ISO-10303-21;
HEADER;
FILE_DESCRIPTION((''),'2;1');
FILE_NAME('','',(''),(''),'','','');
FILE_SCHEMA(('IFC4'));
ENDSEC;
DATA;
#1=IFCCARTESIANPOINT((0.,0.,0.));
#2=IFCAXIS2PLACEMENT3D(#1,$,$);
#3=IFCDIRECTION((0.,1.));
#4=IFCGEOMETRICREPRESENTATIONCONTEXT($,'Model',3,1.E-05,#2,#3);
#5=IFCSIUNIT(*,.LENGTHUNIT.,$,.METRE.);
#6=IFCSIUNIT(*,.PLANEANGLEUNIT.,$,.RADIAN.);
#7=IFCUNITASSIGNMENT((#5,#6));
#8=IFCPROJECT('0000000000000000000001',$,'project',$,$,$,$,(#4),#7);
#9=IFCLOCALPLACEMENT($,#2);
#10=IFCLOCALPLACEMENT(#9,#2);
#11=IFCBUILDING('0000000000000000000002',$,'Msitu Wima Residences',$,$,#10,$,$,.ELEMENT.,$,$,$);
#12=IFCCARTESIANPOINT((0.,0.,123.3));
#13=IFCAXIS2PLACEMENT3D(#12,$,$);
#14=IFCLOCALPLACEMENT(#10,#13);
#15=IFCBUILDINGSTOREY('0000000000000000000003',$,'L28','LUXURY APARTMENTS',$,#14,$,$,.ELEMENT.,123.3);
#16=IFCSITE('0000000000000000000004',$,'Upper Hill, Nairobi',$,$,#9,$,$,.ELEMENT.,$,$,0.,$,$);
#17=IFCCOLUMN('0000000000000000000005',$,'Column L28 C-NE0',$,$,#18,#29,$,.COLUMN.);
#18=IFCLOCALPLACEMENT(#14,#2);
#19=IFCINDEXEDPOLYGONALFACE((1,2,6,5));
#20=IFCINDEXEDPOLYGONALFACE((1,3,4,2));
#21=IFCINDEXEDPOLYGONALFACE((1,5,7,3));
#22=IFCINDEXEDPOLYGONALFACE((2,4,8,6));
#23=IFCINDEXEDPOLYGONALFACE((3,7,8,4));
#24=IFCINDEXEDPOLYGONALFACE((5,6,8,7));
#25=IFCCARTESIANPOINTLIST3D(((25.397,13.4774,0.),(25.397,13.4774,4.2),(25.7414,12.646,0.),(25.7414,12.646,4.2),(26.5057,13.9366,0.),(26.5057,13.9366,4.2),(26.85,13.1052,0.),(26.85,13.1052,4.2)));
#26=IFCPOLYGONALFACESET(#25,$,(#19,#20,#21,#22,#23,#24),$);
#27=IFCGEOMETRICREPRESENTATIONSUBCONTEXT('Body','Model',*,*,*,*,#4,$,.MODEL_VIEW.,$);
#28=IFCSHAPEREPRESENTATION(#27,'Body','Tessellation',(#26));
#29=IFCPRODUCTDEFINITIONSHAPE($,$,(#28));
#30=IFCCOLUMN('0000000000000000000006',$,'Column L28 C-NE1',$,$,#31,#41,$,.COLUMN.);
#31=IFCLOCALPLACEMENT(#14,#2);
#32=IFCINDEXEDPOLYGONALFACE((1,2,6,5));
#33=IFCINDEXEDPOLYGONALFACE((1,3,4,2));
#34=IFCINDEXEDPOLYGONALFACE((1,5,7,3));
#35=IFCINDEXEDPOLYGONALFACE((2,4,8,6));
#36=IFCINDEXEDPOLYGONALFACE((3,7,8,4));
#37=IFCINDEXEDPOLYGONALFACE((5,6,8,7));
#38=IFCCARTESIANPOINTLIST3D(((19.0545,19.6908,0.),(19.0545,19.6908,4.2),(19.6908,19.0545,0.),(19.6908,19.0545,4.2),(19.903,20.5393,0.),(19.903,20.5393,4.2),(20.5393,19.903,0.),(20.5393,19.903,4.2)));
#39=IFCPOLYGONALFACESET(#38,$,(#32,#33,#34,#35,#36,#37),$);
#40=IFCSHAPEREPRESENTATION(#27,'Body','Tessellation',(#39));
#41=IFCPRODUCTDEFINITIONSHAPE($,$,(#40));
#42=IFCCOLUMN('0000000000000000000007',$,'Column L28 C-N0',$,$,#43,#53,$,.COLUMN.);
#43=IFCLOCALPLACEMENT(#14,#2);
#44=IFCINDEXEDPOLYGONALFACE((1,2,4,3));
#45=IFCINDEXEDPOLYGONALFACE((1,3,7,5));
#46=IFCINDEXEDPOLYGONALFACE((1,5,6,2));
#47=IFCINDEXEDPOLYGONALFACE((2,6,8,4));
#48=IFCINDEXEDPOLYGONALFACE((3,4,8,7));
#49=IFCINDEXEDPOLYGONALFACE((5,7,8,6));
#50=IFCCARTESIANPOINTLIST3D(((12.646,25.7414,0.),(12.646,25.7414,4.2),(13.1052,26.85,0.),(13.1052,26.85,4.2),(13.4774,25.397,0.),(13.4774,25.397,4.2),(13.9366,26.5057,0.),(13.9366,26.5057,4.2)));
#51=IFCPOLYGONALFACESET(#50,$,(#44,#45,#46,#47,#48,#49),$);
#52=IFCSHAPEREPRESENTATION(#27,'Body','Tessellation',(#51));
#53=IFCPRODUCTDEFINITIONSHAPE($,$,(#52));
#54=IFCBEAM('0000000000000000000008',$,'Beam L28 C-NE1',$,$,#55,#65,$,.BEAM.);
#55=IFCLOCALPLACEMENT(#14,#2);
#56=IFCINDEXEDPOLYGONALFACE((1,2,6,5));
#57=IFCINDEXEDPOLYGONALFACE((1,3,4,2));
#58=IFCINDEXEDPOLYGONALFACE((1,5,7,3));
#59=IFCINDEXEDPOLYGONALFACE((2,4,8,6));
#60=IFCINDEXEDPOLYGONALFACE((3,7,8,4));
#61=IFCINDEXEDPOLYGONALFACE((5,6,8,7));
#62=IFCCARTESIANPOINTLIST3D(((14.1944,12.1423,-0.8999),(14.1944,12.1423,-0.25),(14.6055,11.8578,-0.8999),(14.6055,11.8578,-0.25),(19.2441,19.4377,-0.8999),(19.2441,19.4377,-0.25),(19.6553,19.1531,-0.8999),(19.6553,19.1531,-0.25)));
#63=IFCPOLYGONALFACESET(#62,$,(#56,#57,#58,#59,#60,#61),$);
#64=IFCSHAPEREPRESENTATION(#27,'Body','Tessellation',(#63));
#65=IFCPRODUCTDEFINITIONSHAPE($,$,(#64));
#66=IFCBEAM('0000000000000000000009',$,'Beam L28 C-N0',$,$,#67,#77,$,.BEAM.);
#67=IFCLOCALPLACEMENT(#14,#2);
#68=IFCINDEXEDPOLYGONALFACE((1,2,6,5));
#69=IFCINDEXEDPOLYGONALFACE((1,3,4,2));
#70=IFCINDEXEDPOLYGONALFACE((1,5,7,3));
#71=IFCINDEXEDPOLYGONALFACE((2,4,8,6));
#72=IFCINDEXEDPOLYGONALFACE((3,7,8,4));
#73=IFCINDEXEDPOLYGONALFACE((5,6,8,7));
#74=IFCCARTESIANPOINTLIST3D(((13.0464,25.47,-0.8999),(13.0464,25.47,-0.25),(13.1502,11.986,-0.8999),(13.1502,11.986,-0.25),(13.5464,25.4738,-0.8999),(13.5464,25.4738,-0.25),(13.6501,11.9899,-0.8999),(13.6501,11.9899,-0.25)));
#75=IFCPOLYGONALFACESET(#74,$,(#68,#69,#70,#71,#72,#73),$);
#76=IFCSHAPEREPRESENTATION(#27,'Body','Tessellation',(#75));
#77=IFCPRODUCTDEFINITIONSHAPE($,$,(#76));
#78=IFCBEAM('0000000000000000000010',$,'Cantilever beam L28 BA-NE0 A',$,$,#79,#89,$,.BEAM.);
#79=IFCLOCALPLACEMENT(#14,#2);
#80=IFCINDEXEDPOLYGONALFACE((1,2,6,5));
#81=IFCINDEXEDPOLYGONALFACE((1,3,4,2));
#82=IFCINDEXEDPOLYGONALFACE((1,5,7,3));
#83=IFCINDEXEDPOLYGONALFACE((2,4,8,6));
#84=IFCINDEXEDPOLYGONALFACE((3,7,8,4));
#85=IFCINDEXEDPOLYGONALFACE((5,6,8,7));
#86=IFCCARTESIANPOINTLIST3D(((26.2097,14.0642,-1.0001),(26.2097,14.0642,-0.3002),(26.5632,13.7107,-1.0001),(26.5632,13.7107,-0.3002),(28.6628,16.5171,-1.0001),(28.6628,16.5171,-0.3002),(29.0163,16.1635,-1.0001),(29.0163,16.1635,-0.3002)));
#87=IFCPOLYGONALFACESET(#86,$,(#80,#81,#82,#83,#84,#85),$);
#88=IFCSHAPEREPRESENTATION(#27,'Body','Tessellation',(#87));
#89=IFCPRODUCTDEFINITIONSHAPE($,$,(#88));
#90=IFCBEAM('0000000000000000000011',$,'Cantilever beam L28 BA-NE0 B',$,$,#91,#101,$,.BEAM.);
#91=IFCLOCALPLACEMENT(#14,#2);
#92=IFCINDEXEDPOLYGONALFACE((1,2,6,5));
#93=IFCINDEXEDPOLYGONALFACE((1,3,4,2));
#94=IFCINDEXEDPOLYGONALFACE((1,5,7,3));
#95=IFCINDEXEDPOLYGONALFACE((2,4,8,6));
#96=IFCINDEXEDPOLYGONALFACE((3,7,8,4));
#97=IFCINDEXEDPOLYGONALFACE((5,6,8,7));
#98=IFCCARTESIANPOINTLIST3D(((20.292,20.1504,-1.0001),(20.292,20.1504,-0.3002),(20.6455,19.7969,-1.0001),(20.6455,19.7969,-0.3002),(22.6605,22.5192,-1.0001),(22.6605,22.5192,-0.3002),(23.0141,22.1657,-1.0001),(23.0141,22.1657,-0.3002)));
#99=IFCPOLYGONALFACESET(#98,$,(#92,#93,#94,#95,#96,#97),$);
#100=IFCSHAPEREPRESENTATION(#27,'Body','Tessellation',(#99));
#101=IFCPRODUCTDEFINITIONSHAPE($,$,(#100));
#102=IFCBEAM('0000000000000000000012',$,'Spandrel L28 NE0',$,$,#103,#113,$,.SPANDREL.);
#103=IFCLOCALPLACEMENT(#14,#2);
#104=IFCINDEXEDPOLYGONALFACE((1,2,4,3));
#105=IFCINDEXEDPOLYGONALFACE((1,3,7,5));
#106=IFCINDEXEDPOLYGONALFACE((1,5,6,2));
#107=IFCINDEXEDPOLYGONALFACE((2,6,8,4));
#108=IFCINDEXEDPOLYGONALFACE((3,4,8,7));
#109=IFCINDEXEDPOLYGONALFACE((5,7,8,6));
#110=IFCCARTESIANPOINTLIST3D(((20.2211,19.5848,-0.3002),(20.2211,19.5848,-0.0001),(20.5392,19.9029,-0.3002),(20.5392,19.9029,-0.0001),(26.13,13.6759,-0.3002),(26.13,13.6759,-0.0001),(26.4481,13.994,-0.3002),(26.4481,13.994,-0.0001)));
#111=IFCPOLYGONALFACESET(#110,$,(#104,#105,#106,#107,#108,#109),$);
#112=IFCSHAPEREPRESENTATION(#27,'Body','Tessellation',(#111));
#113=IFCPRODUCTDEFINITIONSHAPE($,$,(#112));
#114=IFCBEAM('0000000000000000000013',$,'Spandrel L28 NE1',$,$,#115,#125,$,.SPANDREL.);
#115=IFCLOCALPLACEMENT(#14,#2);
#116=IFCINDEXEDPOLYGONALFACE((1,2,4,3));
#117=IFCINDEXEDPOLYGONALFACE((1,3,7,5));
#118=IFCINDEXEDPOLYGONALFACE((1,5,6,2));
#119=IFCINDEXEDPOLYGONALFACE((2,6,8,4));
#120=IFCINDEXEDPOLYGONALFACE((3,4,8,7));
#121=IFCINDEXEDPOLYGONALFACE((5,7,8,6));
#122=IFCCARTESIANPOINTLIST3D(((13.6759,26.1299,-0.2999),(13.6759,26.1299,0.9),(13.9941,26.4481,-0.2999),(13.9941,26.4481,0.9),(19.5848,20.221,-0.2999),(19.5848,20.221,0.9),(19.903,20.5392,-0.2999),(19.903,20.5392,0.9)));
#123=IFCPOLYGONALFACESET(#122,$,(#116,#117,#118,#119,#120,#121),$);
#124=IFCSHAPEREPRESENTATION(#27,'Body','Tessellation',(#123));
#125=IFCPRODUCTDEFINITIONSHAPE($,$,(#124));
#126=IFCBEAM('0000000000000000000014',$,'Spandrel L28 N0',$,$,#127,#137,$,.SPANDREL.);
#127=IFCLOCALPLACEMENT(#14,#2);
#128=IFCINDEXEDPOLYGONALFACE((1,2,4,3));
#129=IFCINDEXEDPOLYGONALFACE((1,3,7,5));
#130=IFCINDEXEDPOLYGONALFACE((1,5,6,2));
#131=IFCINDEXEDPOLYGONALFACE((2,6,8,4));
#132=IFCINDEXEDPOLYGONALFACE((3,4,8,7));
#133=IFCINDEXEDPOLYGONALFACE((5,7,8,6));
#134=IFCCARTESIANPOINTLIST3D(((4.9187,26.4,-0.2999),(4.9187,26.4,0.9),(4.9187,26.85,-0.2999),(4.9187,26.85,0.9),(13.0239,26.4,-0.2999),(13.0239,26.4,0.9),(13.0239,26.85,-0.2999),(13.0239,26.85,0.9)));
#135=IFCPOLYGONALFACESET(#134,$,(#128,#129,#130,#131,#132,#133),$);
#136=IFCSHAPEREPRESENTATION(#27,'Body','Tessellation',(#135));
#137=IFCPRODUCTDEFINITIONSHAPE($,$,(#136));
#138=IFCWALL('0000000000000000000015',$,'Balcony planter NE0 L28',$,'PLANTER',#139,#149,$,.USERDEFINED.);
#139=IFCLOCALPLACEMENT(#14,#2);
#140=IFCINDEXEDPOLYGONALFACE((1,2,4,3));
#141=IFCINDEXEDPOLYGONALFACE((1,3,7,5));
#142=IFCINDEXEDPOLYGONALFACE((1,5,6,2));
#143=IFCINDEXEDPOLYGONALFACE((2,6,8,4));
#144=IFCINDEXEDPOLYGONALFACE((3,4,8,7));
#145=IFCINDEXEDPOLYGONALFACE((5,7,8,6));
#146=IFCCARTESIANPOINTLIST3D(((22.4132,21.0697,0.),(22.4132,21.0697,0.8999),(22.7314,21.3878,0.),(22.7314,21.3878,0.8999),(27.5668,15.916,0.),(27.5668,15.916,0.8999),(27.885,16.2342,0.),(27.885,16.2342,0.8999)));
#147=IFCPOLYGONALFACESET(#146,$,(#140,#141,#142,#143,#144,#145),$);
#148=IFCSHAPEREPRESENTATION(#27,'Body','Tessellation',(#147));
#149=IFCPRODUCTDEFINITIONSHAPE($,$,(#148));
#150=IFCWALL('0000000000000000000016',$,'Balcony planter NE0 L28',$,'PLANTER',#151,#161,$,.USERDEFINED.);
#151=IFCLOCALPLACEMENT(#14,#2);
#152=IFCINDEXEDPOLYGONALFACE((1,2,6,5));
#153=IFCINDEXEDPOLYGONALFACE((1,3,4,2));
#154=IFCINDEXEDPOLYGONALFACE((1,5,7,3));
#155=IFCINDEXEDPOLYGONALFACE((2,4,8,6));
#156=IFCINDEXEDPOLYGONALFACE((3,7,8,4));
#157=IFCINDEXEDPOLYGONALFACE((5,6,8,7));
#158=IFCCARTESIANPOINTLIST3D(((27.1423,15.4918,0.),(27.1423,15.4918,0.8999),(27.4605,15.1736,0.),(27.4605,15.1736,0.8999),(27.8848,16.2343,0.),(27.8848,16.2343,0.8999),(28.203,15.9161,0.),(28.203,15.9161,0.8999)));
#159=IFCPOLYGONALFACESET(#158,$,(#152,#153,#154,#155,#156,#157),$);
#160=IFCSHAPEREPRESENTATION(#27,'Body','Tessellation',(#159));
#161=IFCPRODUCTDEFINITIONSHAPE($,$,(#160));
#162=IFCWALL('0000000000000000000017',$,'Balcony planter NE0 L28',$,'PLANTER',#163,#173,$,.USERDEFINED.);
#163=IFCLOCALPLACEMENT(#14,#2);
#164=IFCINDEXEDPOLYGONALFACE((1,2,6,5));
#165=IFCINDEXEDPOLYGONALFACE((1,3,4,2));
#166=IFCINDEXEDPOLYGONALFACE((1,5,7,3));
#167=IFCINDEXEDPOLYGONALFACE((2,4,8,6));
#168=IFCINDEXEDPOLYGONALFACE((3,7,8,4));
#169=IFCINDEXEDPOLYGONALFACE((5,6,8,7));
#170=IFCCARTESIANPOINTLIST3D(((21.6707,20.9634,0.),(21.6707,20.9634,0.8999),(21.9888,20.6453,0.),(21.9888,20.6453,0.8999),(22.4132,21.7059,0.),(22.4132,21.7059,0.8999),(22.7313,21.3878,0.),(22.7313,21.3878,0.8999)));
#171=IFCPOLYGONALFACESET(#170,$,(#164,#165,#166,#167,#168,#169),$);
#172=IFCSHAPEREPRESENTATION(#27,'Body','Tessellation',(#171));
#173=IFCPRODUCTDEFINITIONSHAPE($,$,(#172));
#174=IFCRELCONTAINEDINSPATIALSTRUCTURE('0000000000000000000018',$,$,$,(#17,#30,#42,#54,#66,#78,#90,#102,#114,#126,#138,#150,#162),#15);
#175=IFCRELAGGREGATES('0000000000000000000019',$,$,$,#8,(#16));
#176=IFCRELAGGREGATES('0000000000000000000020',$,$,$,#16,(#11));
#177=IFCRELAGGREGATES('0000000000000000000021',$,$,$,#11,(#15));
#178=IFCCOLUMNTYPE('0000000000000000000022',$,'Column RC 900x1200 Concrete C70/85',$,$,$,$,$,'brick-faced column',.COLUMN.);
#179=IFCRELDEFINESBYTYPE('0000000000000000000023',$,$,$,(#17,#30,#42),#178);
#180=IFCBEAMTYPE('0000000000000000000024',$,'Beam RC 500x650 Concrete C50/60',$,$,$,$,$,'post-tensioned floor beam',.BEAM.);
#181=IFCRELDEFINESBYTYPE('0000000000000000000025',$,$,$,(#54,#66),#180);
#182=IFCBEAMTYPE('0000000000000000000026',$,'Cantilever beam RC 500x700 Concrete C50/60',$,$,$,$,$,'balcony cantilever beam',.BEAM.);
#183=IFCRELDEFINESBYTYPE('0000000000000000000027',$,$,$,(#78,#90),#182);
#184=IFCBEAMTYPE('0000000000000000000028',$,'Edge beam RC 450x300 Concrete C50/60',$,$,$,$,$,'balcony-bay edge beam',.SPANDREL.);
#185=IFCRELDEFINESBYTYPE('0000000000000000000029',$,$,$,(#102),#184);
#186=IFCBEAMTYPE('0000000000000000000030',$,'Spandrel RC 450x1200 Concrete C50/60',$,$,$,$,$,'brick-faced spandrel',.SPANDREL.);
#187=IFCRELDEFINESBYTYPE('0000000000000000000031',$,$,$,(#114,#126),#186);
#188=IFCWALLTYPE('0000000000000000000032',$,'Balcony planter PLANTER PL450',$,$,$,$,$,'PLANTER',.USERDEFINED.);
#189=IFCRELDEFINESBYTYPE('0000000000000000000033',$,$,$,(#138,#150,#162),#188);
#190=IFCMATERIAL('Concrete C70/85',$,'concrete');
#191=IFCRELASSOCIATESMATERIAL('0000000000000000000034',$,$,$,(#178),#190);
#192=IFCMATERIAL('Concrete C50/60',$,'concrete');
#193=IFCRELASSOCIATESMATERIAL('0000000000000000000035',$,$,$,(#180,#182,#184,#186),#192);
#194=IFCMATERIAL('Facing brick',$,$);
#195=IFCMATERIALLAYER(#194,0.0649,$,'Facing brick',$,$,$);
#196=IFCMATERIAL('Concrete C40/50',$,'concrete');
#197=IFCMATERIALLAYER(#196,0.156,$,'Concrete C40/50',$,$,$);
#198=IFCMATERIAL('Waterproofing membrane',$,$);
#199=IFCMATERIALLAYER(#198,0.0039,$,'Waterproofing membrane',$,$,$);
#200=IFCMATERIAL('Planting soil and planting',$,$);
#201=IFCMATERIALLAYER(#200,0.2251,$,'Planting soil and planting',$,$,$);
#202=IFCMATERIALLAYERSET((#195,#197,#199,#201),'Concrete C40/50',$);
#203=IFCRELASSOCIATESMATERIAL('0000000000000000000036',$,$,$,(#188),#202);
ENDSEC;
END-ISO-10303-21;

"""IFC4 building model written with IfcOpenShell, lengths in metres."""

from ifc_helpers import new_model, si_unit, direction, frame, frame_2d, origin, origin_2d, place, context, subcontext, project, spatial, rectangle, extrude, material, layer, layer_set, material_profile, profile_set, type_object, element, save


model = new_model("IFC4")

# Units and contexts
model_context = context("Model", 3, precision=1e-05, world=origin(), true_north=direction((0.0, 1.0)))
body_context = subcontext(model_context, "Body", "Model", "MODEL_VIEW")
ifc_project = project(units=[si_unit("LENGTHUNIT", "METRE"), si_unit("PLANEANGLEUNIT", "RADIAN")], contexts=[model_context])

# Site, building, storey
site_placement = place(None, origin())
site = spatial("IfcSite", under=ifc_project, at=site_placement, Name="Upper Hill, Nairobi", CompositionType="ELEMENT", RefElevation=0.0)
building_placement = place(site_placement, origin())
building = spatial("IfcBuilding", under=site, at=building_placement, Name="Msitu Wima Residences", CompositionType="ELEMENT")
storey_placement = place(building_placement, frame((0.0, 0.0, 123.3)))
storey = spatial("IfcBuildingStorey", under=building, at=storey_placement, Name="L28", Description="LUXURY APARTMENTS", CompositionType="ELEMENT", Elevation=123.3)

# Columns
ifc_material_1 = material(Name="Concrete C70/85", Category="concrete")
ifc_material_profile_1 = material_profile(ifc_material_1, rectangle(XDim=0.8999, YDim=1.2, at=origin_2d()), Name="RC 900x1200")
ifc_profile_set_1 = profile_set([ifc_material_profile_1], Name="Concrete C70/85")
column_type = type_object("IfcColumnType", Name="Column RC 900x1200 Concrete C70/85", ElementType="brick-faced column", PredefinedType="COLUMN", material=ifc_profile_set_1)
for number, where, z_axis, x_axis, name in (
    (1, (26.1235, 13.2913, 0.0), (0.0, 0.0, 1.0), (-0.382683, 0.92388, 0.0), "Column L28 C-NE0"),
    (2, (19.7969, 19.7969, 0.0), (0.0, 0.0, 1.0), (-0.707107, 0.707107, 0.0), "Column L28 C-NE1"),
    (3, (13.2913, 26.1235, 0.0), (0.0, 0.0, 1.0), (-0.92388, 0.382683, 0.0), "Column L28 C-N0"),
):
    element("IfcColumn", number, at=place(storey_placement, frame(where, z_axis=z_axis, x_axis=x_axis)), inside=storey, type_object=column_type, Name=name, PredefinedType="COLUMN", context=body_context, shape_type="SweptSolid", body=[
        extrude(rectangle(XDim=0.8999, YDim=1.2, at=origin_2d()), origin(), (0.0, 0.0, 1.0), 4.2),
    ])

# Beams
ifc_material_2 = material(Name="Concrete C50/60", Category="concrete")
ifc_material_profile_2 = material_profile(ifc_material_2, rectangle(XDim=0.5, YDim=0.6499, at=origin_2d()), Name="RC 500x650")
ifc_profile_set_2 = profile_set([ifc_material_profile_2], Name="Concrete C50/60")
beam_type_1 = type_object("IfcBeamType", Name="Beam RC 500x650 Concrete C50/60", ElementType="post-tensioned floor beam", PredefinedType="BEAM", material=ifc_profile_set_2)
beam_1_placement = place(storey_placement, frame((19.4497, 19.2954, -0.575), z_axis=(-0.569144, -0.822238, 0.0), x_axis=(0.822238, -0.569144, 0.0)))
element("IfcBeam", 4, at=beam_1_placement, inside=storey, type_object=beam_type_1, Name="Beam L28 C-NE1", PredefinedType="BEAM", context=body_context, shape_type="SweptSolid", body=[
    extrude(rectangle(XDim=0.5, YDim=0.6499, at=origin_2d()), origin(), (0.0, 0.0, 1.0), 8.8726),
])
beam_2_placement = place(storey_placement, frame((13.2964, 25.4719, -0.575), z_axis=(0.007695, -0.99997, 0.0), x_axis=(0.99997, 0.007695, 0.0)))
element("IfcBeam", 5, at=beam_2_placement, inside=storey, type_object=beam_type_1, Name="Beam L28 C-N0", PredefinedType="BEAM", context=body_context, shape_type="SweptSolid", body=[
    extrude(rectangle(XDim=0.5, YDim=0.6499, at=origin_2d()), origin(), (0.0, 0.0, 1.0), 13.4844),
])
ifc_material_profile_3 = material_profile(ifc_material_2, rectangle(XDim=0.5, YDim=0.7, at=origin_2d()), Name="RC 500x700")
ifc_profile_set_3 = profile_set([ifc_material_profile_3], Name="Concrete C50/60")
beam_type_2 = type_object("IfcBeamType", Name="Cantilever beam RC 500x700 Concrete C50/60", ElementType="balcony cantilever beam", PredefinedType="BEAM", material=ifc_profile_set_3)
beam_3_placement = place(storey_placement, frame((26.3865, 13.8875, -0.6501), z_axis=(0.707142, 0.707072, 0.0), x_axis=(-0.707072, 0.707142, 0.0)))
element("IfcBeam", 6, at=beam_3_placement, inside=storey, type_object=beam_type_2, Name="Cantilever beam L28 BA-NE0 A", PredefinedType="BEAM", context=body_context, shape_type="SweptSolid", body=[
    extrude(rectangle(XDim=0.5, YDim=0.7, at=origin_2d()), origin(), (0.0, 0.0, 1.0), 3.469),
])
beam_4_placement = place(storey_placement, frame((20.4688, 19.9736, -0.6501), z_axis=(0.70707, 0.707143, 0.0), x_axis=(-0.707143, 0.70707, 0.0)))
element("IfcBeam", 7, at=beam_4_placement, inside=storey, type_object=beam_type_2, Name="Cantilever beam L28 BA-NE0 B", PredefinedType="BEAM", context=body_context, shape_type="SweptSolid", body=[
    extrude(rectangle(XDim=0.5, YDim=0.7, at=origin_2d()), origin(), (0.0, 0.0, 1.0), 3.3499),
])
ifc_material_profile_4 = material_profile(ifc_material_2, rectangle(XDim=0.45, YDim=0.3, at=origin_2d()), Name="RC 450x300")
ifc_profile_set_4 = profile_set([ifc_material_profile_4], Name="Concrete C50/60")
beam_type_3 = type_object("IfcBeamType", Name="Edge beam RC 450x300 Concrete C50/60", ElementType="balcony-bay edge beam", PredefinedType="SPANDREL", material=ifc_profile_set_4)
beam_5_placement = place(storey_placement, frame((26.2891, 13.835, -0.1501), z_axis=(-0.707107, 0.707107, 0.0), x_axis=(-0.707107, -0.707107, 0.0)))
element("IfcBeam", 8, at=beam_5_placement, inside=storey, type_object=beam_type_3, Name="Spandrel L28 NE0", PredefinedType="SPANDREL", context=body_context, shape_type="SweptSolid", body=[
    extrude(rectangle(XDim=0.45, YDim=0.3, at=origin_2d()), origin(), (0.0, 0.0, 1.0), 8.3564),
])
ifc_material_profile_5 = material_profile(ifc_material_2, rectangle(XDim=0.45, YDim=1.2, at=origin_2d()), Name="RC 450x1200")
ifc_profile_set_5 = profile_set([ifc_material_profile_5], Name="Concrete C50/60")
beam_type_4 = type_object("IfcBeamType", Name="Spandrel RC 450x1200 Concrete C50/60", ElementType="brick-faced spandrel", PredefinedType="SPANDREL", material=ifc_profile_set_5)
beam_6_placement = place(storey_placement, frame((19.7439, 20.3801, 0.3), z_axis=(-0.707107, 0.707107, 0.0), x_axis=(-0.707107, -0.707107, 0.0)))
element("IfcBeam", 9, at=beam_6_placement, inside=storey, type_object=beam_type_4, Name="Spandrel L28 NE1", PredefinedType="SPANDREL", context=body_context, shape_type="SweptSolid", body=[
    extrude(rectangle(XDim=0.45, YDim=1.2, at=origin_2d()), origin(), (0.0, 0.0, 1.0), 8.3564),
])
beam_7_placement = place(storey_placement, frame((13.0239, 26.625, 0.3), z_axis=(-1.0, 0.0, 0.0), x_axis=(0.0, -1.0, 0.0)))
element("IfcBeam", 10, at=beam_7_placement, inside=storey, type_object=beam_type_4, Name="Spandrel L28 N0", PredefinedType="SPANDREL", context=body_context, shape_type="SweptSolid", body=[
    extrude(rectangle(XDim=0.45, YDim=1.2, at=origin_2d()), origin(), (0.0, 0.0, 1.0), 8.1052),
])

# Walls
ifc_material_3 = material(Name="Facing brick")
ifc_layer_1 = layer(ifc_material_3, 0.0649, Name="Facing brick")
ifc_material_4 = material(Name="Concrete C40/50", Category="concrete")
ifc_layer_2 = layer(ifc_material_4, 0.156, Name="Concrete C40/50")
ifc_material_5 = material(Name="Waterproofing membrane")
ifc_layer_3 = layer(ifc_material_5, 0.0039, Name="Waterproofing membrane")
ifc_material_6 = material(Name="Planting soil and planting")
ifc_layer_4 = layer(ifc_material_6, 0.2251, Name="Planting soil and planting")
ifc_layer_set_1 = layer_set([ifc_layer_1, ifc_layer_2, ifc_layer_3, ifc_layer_4], Name="Concrete C40/50")
wall_type_1 = type_object("IfcWallType", Name="Balcony planter PLANTER PL450", ElementType="PLANTER", PredefinedType="USERDEFINED", material=ifc_layer_set_1)
wall_1_placement = place(storey_placement, frame((27.7258, 16.0752, 0.0), z_axis=(0.0, 0.0, 1.0), x_axis=(-0.707107, 0.707107, 0.0)))
element("IfcWall", 11, at=wall_1_placement, inside=storey, type_object=wall_type_1, Name="Balcony planter NE0 L28", ObjectType="PLANTER", PredefinedType="USERDEFINED", context=body_context, shape_type="SweptSolid", body=[
    extrude(rectangle(XDim=7.2883, YDim=0.45, at=frame_2d((3.644, 0.0))), origin(), (0.0, 0.0, 1.0), 0.8999),
])
for number, where, z_axis, x_axis, name in (
    (12, (27.3015, 15.3328, 0.0), (0.0, 0.0, 1.0), (0.707107, 0.707107, 0.0), "Balcony planter NE0 L28"),
    (13, (21.8298, 20.8044, 0.0), (0.0, 0.0, 1.0), (0.707107, 0.707107, 0.0), "Balcony planter NE0 L28"),
):
    element("IfcWall", number, at=place(storey_placement, frame(where, z_axis=z_axis, x_axis=x_axis)), inside=storey, type_object=wall_type_1, Name=name, ObjectType="PLANTER", PredefinedType="USERDEFINED", context=body_context, shape_type="SweptSolid", body=[
        extrude(rectangle(XDim=1.05, YDim=0.45, at=frame_2d((0.5249, 0.0))), origin(), (0.0, 0.0, 1.0), 0.8999),
    ])

save(model, "model.ifc")
